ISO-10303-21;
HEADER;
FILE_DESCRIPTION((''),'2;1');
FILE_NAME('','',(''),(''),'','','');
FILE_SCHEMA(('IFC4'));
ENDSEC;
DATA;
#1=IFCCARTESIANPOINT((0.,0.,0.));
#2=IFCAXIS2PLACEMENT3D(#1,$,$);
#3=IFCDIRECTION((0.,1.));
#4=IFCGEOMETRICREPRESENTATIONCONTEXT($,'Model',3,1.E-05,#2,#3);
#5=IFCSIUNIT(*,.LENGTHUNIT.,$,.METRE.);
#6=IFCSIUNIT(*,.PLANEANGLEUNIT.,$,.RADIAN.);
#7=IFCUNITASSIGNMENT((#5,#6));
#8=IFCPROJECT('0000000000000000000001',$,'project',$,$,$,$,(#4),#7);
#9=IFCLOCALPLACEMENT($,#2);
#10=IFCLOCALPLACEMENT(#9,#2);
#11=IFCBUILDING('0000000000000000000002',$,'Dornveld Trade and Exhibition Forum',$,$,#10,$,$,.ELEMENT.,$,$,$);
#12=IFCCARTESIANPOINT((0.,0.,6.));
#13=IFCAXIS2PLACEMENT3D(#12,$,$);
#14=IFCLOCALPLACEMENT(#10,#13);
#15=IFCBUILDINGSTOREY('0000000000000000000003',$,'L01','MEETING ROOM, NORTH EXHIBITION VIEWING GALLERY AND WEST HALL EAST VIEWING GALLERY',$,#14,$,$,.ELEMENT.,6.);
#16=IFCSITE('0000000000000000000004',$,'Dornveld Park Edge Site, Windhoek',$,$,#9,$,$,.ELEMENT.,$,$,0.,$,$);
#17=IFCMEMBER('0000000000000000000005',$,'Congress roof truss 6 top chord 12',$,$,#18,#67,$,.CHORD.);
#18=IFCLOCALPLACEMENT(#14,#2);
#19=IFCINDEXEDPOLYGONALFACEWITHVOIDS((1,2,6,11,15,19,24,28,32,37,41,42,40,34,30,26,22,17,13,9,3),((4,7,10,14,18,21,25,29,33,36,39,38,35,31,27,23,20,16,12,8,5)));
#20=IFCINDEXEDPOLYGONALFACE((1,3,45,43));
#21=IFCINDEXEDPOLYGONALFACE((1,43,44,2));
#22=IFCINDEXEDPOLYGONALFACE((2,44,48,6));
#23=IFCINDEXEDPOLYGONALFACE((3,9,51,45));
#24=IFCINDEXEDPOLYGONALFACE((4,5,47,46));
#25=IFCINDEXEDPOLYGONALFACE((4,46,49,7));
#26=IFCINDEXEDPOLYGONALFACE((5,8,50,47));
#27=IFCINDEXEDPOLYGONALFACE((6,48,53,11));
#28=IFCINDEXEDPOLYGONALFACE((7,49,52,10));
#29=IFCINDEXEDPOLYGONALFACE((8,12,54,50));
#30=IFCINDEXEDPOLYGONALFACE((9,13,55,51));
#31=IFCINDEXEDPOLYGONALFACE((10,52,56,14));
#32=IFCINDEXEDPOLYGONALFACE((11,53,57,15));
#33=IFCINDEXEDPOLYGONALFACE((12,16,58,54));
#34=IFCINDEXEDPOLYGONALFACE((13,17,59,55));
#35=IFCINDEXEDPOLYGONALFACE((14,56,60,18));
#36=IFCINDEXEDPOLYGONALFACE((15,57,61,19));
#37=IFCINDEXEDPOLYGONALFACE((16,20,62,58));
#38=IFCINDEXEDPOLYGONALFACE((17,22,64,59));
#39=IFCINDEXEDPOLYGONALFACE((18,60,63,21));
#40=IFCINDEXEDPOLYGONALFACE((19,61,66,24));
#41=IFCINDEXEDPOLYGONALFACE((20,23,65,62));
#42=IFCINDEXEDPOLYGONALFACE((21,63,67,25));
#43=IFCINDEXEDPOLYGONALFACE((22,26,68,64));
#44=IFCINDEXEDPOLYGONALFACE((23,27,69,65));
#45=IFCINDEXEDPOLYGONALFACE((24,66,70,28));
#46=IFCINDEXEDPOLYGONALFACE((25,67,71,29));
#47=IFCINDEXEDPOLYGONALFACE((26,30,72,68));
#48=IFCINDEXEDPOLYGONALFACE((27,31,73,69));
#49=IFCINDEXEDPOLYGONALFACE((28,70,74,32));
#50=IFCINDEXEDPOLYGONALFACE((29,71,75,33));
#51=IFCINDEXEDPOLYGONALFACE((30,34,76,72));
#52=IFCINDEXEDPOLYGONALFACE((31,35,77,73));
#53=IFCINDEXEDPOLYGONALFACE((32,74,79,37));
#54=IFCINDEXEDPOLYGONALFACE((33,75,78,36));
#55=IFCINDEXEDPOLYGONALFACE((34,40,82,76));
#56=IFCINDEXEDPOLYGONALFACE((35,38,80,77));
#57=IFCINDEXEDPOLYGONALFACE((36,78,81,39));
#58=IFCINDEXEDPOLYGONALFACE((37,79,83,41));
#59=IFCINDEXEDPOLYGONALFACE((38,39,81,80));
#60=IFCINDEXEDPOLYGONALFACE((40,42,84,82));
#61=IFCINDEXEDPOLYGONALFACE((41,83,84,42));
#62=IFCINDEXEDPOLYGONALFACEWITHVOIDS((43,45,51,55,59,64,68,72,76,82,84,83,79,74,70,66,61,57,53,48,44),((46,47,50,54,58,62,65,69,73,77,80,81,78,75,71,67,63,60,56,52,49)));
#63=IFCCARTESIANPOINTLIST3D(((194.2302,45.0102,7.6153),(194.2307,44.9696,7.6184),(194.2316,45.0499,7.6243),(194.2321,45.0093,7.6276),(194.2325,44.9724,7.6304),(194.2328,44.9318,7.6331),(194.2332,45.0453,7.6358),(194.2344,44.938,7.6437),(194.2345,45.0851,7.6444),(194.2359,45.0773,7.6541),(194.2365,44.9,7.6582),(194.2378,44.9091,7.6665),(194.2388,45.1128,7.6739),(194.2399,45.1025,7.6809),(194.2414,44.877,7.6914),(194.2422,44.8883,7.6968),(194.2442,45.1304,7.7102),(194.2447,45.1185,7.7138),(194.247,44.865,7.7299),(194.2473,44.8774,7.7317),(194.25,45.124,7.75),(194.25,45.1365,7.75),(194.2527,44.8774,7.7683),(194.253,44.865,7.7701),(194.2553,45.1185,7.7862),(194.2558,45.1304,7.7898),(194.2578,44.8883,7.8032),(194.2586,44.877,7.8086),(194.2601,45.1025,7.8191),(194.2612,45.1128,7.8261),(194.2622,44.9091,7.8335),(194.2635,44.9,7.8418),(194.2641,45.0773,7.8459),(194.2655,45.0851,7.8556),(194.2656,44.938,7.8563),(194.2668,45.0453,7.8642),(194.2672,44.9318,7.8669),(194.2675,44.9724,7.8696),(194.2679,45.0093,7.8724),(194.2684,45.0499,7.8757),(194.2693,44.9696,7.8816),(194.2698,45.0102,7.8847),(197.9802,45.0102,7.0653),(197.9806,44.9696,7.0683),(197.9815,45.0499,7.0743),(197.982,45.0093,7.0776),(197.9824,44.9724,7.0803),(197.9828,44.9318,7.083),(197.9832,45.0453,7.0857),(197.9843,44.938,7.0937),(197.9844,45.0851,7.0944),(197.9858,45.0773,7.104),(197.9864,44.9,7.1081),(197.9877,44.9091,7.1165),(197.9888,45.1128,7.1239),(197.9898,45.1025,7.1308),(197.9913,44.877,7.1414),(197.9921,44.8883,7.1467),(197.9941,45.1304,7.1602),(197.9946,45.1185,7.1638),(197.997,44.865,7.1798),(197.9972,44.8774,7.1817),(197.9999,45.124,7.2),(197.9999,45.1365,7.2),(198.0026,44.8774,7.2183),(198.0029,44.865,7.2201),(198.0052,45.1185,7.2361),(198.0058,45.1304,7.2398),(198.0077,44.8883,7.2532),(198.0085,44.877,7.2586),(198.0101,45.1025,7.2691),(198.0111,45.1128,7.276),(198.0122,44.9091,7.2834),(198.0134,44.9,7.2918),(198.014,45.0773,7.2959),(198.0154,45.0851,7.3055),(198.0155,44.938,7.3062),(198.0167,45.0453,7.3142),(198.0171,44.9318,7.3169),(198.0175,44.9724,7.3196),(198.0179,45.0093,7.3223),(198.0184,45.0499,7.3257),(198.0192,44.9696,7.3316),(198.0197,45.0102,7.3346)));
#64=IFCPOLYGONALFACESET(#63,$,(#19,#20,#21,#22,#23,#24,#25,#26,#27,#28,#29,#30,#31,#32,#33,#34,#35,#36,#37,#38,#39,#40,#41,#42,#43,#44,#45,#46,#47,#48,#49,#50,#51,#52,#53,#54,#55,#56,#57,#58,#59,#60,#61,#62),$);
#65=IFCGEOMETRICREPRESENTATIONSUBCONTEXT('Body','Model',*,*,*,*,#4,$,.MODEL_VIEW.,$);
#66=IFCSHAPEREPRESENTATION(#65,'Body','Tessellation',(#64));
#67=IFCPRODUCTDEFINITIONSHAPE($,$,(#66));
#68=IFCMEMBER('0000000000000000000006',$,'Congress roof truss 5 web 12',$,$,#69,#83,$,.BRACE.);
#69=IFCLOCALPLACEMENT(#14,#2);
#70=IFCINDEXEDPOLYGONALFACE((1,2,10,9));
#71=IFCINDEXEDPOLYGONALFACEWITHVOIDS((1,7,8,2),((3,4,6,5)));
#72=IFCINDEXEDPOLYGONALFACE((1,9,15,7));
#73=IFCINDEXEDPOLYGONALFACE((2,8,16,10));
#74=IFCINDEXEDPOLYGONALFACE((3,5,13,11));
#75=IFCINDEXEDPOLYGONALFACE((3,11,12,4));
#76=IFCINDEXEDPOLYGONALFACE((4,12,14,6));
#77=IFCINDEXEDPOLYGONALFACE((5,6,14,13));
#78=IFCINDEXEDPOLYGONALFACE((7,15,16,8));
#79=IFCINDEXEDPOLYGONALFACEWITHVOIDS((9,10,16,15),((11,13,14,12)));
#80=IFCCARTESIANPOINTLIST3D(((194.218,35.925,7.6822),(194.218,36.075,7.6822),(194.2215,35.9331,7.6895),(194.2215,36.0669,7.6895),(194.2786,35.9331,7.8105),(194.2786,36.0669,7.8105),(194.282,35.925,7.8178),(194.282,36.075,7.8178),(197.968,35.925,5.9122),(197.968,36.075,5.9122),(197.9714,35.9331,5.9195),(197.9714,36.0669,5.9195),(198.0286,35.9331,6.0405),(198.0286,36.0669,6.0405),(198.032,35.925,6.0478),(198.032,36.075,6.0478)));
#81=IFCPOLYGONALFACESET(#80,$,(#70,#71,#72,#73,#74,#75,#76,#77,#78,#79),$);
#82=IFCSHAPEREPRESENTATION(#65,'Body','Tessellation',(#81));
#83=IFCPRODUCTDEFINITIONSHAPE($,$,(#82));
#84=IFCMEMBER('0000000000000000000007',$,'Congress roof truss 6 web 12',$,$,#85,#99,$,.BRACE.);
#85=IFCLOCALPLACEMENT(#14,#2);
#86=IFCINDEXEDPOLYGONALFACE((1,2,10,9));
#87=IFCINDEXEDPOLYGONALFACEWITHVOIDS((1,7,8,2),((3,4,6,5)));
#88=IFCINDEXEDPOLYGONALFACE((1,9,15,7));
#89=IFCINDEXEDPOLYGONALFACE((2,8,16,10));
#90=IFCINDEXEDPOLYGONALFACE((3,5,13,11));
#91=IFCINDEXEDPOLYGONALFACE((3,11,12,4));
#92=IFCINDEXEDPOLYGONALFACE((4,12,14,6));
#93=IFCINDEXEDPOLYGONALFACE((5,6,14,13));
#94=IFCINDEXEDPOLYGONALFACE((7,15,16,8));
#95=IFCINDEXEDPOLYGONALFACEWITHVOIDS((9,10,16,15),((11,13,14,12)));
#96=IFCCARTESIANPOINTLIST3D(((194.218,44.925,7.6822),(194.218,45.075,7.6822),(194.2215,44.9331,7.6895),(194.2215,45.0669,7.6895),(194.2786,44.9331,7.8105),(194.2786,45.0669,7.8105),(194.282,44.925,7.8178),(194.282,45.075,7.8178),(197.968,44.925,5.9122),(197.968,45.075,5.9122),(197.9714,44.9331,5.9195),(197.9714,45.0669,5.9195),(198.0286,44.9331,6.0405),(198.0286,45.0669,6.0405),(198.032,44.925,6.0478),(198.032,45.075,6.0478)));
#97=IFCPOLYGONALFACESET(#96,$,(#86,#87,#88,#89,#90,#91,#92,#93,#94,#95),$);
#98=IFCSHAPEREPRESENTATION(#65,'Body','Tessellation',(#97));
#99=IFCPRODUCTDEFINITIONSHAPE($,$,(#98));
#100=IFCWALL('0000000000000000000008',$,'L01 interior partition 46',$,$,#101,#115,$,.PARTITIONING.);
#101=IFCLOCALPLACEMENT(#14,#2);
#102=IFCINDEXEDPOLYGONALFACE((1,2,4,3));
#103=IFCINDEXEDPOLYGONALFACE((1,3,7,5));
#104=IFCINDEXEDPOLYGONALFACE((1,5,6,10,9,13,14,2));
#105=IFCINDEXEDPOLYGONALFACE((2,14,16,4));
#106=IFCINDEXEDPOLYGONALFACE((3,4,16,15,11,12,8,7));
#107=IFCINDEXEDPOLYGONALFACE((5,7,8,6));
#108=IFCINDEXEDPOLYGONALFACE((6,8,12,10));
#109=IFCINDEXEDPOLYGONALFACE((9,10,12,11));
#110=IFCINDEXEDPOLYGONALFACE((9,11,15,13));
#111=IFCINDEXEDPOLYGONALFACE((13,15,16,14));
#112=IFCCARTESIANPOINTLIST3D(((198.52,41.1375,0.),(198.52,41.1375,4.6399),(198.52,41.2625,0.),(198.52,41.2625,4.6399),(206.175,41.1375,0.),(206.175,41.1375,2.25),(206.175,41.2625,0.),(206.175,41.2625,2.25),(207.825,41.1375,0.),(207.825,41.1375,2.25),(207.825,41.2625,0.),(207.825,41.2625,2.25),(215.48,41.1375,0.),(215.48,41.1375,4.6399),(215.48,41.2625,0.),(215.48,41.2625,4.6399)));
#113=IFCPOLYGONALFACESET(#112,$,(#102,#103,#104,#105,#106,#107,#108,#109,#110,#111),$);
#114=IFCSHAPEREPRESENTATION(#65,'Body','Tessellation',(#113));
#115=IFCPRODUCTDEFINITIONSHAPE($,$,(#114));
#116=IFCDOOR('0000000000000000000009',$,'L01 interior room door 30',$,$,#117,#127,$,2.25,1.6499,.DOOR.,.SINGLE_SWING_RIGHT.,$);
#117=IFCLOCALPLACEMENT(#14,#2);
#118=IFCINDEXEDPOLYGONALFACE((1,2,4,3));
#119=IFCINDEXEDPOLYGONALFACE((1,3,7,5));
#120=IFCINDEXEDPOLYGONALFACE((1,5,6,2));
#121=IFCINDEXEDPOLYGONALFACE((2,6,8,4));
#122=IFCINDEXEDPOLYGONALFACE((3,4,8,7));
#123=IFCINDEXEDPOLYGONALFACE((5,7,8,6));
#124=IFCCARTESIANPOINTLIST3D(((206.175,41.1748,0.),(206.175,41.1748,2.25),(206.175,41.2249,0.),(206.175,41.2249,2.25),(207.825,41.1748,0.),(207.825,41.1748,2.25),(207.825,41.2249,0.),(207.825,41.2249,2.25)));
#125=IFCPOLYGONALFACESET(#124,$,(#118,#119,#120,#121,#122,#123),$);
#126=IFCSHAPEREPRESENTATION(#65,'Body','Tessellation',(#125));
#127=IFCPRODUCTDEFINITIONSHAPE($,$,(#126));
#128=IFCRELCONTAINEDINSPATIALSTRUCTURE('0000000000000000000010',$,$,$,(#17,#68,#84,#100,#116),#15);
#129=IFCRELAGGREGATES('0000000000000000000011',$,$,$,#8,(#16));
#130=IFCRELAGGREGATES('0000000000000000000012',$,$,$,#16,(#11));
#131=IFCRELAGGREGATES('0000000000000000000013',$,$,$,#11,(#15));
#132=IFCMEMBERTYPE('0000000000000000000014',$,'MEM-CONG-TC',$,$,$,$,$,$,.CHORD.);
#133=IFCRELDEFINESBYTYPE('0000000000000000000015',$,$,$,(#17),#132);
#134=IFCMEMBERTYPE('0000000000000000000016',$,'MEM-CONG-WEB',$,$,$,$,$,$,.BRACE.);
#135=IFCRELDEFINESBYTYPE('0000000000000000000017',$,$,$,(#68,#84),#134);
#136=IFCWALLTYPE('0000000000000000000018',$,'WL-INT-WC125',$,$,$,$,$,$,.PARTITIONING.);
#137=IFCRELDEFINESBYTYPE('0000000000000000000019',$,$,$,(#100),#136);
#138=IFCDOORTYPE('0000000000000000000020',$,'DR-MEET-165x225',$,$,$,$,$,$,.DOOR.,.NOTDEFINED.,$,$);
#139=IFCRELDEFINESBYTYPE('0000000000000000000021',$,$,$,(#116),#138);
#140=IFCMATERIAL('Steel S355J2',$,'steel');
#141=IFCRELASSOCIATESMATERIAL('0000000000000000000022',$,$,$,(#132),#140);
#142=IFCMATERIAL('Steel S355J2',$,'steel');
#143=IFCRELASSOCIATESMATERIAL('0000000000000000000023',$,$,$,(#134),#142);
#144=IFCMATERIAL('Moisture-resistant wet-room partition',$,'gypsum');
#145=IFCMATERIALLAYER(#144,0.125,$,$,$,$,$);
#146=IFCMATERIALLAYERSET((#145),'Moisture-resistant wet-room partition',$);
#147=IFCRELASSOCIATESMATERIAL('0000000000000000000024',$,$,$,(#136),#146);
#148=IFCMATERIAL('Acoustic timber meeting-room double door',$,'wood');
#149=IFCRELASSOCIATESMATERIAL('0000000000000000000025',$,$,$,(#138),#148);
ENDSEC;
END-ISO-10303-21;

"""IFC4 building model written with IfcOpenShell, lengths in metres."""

from ifc_helpers import new_model, si_unit, direction, frame, frame_2d, origin, origin_2d, place, context, subcontext, project, spatial, rectangle, hollow_rectangle, hollow_circle, extrude, material, layer, layer_set, material_profile, profile_set, type_object, element, fill, save


model = new_model("IFC4")

# Units and contexts
model_context = context("Model", 3, precision=1e-05, world=origin(), true_north=direction((0.0, 1.0)))
body_context = subcontext(model_context, "Body", "Model", "MODEL_VIEW")
ifc_project = project(units=[si_unit("LENGTHUNIT", "METRE"), si_unit("PLANEANGLEUNIT", "RADIAN")], contexts=[model_context])

# Site, building, storey
site_placement = place(None, origin())
site = spatial("IfcSite", under=ifc_project, at=site_placement, Name="Dornveld Park Edge Site, Windhoek", CompositionType="ELEMENT", RefElevation=0.0)
building_placement = place(site_placement, origin())
building = spatial("IfcBuilding", under=site, at=building_placement, Name="Dornveld Trade and Exhibition Forum", CompositionType="ELEMENT")
storey_placement = place(building_placement, frame((0.0, 0.0, 6.0)))
storey = spatial("IfcBuildingStorey", under=building, at=storey_placement, Name="L01", Description="MEETING ROOM, NORTH EXHIBITION VIEWING GALLERY AND WEST HALL EAST VIEWING GALLERY", CompositionType="ELEMENT", Elevation=6.0)

# Members
ifc_material_1 = material(Name="Steel S355J2", Category="steel")
ifc_material_profile_1 = material_profile(ifc_material_1, hollow_circle(Radius=0.1365, WallThickness=0.0125, at=origin_2d()), Name="CHS 273x12.5")
ifc_profile_set_1 = profile_set([ifc_material_profile_1], Name="Steel S355J2")
member_type_1 = type_object("IfcMemberType", Name="MEM-CONG-TC", PredefinedType="CHORD", material=ifc_profile_set_1)
for number, where, z_axis, x_axis, name in (
    (1, (194.25, 45.0, 7.75), (0.989413, 0.0, -0.145127), (0.0, 1.0, 0.0), "Congress roof truss 6 top chord 12"),
):
    element("IfcMember", number, at=place(storey_placement, frame(where, z_axis=z_axis, x_axis=x_axis)), inside=storey, type_object=member_type_1, Name=name, PredefinedType="CHORD", context=body_context, shape_type="SweptSolid", body=[
        extrude(hollow_circle(Radius=0.1365, WallThickness=0.0125, at=origin_2d()), origin(), (0.0, 0.0, 1.0), 3.79),
    ])
ifc_material_2 = material(Name="Steel S355J2", Category="steel")
ifc_material_profile_2 = material_profile(ifc_material_2, hollow_rectangle(XDim=0.1499, YDim=0.1499, WallThickness=0.0081, at=origin_2d()), Name="SHS 150x150x8")
ifc_profile_set_2 = profile_set([ifc_material_profile_2], Name="Steel S355J2")
member_type_2 = type_object("IfcMemberType", Name="MEM-CONG-WEB", PredefinedType="BRACE", material=ifc_profile_set_2)
for number, where, z_axis, x_axis, name in (
    (2, (198.0, 36.0, 5.98), (-0.904324, 0.0, 0.426846), (0.0, -1.0, 0.0), "Congress roof truss 5 web 12"),
    (3, (198.0, 45.0, 5.98), (-0.904324, 0.0, 0.426846), (0.0, -1.0, 0.0), "Congress roof truss 6 web 12"),
):
    element("IfcMember", number, at=place(storey_placement, frame(where, z_axis=z_axis, x_axis=x_axis)), inside=storey, type_object=member_type_2, Name=name, PredefinedType="BRACE", context=body_context, shape_type="SweptSolid", body=[
        extrude(hollow_rectangle(XDim=0.1499, YDim=0.1499, WallThickness=0.0081, at=origin_2d()), origin(), (0.0, 0.0, 1.0), 4.1467),
    ])

# Wall, opening, door
ifc_material_3 = material(Name="Moisture-resistant wet-room partition", Category="gypsum")
ifc_layer_1 = layer(ifc_material_3, 0.125)
ifc_layer_set_1 = layer_set([ifc_layer_1], Name="Moisture-resistant wet-room partition")
wall_type = type_object("IfcWallType", Name="WL-INT-WC125", PredefinedType="PARTITIONING", material=ifc_layer_set_1)
wall_placement = place(storey_placement, frame((198.52, 41.2, 0.0), z_axis=(0.0, 0.0, 1.0), x_axis=(1.0, 0.0, 0.0)))
wall = element("IfcWall", 4, at=wall_placement, inside=storey, type_object=wall_type, Name="L01 interior partition 46", PredefinedType="PARTITIONING", context=body_context, shape_type="SweptSolid", body=[
    extrude(rectangle(XDim=16.96, YDim=0.125, at=frame_2d((8.48, 0.0))), origin(), (0.0, 0.0, 1.0), 4.6399),
])
opening_placement = place(wall_placement, frame((7.655, 0.0, 0.0)))
opening = element("IfcOpeningElement", 5, at=opening_placement, cuts=wall, PredefinedType="OPENING", context=body_context, shape_type="SweptSolid", body=[
    extrude(rectangle(XDim=1.6499, YDim=2.25, at=frame_2d((0.825, 1.125))), frame((0.0, 0.0725, 0.0), z_axis=(0.0, -1.0, 0.0), x_axis=(1.0, 0.0, 0.0)), (0.0, 0.0, 1.0), 0.145),
])
ifc_material_4 = material(Name="Acoustic timber meeting-room double door", Category="wood")
door_type = type_object("IfcDoorType", Name="DR-MEET-165x225", OperationType="NOTDEFINED", PredefinedType="DOOR", material=ifc_material_4)
door_placement = place(opening_placement, origin())
door = element("IfcDoor", 6, at=door_placement, inside=storey, type_object=door_type, Name="L01 interior room door 30", OperationType="SINGLE_SWING_RIGHT", OverallHeight=2.25, OverallWidth=1.6499, PredefinedType="DOOR", context=body_context, shape_type="SweptSolid", body=[
    extrude(rectangle(XDim=1.6499, YDim=2.25, at=frame_2d((0.825, 1.125))), frame((0.0, 0.0249, 0.0), z_axis=(0.0, -1.0, 0.0), x_axis=(1.0, 0.0, 0.0)), (0.0, 0.0, 1.0), 0.05),
])
fill(opening, door)

save(model, "model.ifc")
